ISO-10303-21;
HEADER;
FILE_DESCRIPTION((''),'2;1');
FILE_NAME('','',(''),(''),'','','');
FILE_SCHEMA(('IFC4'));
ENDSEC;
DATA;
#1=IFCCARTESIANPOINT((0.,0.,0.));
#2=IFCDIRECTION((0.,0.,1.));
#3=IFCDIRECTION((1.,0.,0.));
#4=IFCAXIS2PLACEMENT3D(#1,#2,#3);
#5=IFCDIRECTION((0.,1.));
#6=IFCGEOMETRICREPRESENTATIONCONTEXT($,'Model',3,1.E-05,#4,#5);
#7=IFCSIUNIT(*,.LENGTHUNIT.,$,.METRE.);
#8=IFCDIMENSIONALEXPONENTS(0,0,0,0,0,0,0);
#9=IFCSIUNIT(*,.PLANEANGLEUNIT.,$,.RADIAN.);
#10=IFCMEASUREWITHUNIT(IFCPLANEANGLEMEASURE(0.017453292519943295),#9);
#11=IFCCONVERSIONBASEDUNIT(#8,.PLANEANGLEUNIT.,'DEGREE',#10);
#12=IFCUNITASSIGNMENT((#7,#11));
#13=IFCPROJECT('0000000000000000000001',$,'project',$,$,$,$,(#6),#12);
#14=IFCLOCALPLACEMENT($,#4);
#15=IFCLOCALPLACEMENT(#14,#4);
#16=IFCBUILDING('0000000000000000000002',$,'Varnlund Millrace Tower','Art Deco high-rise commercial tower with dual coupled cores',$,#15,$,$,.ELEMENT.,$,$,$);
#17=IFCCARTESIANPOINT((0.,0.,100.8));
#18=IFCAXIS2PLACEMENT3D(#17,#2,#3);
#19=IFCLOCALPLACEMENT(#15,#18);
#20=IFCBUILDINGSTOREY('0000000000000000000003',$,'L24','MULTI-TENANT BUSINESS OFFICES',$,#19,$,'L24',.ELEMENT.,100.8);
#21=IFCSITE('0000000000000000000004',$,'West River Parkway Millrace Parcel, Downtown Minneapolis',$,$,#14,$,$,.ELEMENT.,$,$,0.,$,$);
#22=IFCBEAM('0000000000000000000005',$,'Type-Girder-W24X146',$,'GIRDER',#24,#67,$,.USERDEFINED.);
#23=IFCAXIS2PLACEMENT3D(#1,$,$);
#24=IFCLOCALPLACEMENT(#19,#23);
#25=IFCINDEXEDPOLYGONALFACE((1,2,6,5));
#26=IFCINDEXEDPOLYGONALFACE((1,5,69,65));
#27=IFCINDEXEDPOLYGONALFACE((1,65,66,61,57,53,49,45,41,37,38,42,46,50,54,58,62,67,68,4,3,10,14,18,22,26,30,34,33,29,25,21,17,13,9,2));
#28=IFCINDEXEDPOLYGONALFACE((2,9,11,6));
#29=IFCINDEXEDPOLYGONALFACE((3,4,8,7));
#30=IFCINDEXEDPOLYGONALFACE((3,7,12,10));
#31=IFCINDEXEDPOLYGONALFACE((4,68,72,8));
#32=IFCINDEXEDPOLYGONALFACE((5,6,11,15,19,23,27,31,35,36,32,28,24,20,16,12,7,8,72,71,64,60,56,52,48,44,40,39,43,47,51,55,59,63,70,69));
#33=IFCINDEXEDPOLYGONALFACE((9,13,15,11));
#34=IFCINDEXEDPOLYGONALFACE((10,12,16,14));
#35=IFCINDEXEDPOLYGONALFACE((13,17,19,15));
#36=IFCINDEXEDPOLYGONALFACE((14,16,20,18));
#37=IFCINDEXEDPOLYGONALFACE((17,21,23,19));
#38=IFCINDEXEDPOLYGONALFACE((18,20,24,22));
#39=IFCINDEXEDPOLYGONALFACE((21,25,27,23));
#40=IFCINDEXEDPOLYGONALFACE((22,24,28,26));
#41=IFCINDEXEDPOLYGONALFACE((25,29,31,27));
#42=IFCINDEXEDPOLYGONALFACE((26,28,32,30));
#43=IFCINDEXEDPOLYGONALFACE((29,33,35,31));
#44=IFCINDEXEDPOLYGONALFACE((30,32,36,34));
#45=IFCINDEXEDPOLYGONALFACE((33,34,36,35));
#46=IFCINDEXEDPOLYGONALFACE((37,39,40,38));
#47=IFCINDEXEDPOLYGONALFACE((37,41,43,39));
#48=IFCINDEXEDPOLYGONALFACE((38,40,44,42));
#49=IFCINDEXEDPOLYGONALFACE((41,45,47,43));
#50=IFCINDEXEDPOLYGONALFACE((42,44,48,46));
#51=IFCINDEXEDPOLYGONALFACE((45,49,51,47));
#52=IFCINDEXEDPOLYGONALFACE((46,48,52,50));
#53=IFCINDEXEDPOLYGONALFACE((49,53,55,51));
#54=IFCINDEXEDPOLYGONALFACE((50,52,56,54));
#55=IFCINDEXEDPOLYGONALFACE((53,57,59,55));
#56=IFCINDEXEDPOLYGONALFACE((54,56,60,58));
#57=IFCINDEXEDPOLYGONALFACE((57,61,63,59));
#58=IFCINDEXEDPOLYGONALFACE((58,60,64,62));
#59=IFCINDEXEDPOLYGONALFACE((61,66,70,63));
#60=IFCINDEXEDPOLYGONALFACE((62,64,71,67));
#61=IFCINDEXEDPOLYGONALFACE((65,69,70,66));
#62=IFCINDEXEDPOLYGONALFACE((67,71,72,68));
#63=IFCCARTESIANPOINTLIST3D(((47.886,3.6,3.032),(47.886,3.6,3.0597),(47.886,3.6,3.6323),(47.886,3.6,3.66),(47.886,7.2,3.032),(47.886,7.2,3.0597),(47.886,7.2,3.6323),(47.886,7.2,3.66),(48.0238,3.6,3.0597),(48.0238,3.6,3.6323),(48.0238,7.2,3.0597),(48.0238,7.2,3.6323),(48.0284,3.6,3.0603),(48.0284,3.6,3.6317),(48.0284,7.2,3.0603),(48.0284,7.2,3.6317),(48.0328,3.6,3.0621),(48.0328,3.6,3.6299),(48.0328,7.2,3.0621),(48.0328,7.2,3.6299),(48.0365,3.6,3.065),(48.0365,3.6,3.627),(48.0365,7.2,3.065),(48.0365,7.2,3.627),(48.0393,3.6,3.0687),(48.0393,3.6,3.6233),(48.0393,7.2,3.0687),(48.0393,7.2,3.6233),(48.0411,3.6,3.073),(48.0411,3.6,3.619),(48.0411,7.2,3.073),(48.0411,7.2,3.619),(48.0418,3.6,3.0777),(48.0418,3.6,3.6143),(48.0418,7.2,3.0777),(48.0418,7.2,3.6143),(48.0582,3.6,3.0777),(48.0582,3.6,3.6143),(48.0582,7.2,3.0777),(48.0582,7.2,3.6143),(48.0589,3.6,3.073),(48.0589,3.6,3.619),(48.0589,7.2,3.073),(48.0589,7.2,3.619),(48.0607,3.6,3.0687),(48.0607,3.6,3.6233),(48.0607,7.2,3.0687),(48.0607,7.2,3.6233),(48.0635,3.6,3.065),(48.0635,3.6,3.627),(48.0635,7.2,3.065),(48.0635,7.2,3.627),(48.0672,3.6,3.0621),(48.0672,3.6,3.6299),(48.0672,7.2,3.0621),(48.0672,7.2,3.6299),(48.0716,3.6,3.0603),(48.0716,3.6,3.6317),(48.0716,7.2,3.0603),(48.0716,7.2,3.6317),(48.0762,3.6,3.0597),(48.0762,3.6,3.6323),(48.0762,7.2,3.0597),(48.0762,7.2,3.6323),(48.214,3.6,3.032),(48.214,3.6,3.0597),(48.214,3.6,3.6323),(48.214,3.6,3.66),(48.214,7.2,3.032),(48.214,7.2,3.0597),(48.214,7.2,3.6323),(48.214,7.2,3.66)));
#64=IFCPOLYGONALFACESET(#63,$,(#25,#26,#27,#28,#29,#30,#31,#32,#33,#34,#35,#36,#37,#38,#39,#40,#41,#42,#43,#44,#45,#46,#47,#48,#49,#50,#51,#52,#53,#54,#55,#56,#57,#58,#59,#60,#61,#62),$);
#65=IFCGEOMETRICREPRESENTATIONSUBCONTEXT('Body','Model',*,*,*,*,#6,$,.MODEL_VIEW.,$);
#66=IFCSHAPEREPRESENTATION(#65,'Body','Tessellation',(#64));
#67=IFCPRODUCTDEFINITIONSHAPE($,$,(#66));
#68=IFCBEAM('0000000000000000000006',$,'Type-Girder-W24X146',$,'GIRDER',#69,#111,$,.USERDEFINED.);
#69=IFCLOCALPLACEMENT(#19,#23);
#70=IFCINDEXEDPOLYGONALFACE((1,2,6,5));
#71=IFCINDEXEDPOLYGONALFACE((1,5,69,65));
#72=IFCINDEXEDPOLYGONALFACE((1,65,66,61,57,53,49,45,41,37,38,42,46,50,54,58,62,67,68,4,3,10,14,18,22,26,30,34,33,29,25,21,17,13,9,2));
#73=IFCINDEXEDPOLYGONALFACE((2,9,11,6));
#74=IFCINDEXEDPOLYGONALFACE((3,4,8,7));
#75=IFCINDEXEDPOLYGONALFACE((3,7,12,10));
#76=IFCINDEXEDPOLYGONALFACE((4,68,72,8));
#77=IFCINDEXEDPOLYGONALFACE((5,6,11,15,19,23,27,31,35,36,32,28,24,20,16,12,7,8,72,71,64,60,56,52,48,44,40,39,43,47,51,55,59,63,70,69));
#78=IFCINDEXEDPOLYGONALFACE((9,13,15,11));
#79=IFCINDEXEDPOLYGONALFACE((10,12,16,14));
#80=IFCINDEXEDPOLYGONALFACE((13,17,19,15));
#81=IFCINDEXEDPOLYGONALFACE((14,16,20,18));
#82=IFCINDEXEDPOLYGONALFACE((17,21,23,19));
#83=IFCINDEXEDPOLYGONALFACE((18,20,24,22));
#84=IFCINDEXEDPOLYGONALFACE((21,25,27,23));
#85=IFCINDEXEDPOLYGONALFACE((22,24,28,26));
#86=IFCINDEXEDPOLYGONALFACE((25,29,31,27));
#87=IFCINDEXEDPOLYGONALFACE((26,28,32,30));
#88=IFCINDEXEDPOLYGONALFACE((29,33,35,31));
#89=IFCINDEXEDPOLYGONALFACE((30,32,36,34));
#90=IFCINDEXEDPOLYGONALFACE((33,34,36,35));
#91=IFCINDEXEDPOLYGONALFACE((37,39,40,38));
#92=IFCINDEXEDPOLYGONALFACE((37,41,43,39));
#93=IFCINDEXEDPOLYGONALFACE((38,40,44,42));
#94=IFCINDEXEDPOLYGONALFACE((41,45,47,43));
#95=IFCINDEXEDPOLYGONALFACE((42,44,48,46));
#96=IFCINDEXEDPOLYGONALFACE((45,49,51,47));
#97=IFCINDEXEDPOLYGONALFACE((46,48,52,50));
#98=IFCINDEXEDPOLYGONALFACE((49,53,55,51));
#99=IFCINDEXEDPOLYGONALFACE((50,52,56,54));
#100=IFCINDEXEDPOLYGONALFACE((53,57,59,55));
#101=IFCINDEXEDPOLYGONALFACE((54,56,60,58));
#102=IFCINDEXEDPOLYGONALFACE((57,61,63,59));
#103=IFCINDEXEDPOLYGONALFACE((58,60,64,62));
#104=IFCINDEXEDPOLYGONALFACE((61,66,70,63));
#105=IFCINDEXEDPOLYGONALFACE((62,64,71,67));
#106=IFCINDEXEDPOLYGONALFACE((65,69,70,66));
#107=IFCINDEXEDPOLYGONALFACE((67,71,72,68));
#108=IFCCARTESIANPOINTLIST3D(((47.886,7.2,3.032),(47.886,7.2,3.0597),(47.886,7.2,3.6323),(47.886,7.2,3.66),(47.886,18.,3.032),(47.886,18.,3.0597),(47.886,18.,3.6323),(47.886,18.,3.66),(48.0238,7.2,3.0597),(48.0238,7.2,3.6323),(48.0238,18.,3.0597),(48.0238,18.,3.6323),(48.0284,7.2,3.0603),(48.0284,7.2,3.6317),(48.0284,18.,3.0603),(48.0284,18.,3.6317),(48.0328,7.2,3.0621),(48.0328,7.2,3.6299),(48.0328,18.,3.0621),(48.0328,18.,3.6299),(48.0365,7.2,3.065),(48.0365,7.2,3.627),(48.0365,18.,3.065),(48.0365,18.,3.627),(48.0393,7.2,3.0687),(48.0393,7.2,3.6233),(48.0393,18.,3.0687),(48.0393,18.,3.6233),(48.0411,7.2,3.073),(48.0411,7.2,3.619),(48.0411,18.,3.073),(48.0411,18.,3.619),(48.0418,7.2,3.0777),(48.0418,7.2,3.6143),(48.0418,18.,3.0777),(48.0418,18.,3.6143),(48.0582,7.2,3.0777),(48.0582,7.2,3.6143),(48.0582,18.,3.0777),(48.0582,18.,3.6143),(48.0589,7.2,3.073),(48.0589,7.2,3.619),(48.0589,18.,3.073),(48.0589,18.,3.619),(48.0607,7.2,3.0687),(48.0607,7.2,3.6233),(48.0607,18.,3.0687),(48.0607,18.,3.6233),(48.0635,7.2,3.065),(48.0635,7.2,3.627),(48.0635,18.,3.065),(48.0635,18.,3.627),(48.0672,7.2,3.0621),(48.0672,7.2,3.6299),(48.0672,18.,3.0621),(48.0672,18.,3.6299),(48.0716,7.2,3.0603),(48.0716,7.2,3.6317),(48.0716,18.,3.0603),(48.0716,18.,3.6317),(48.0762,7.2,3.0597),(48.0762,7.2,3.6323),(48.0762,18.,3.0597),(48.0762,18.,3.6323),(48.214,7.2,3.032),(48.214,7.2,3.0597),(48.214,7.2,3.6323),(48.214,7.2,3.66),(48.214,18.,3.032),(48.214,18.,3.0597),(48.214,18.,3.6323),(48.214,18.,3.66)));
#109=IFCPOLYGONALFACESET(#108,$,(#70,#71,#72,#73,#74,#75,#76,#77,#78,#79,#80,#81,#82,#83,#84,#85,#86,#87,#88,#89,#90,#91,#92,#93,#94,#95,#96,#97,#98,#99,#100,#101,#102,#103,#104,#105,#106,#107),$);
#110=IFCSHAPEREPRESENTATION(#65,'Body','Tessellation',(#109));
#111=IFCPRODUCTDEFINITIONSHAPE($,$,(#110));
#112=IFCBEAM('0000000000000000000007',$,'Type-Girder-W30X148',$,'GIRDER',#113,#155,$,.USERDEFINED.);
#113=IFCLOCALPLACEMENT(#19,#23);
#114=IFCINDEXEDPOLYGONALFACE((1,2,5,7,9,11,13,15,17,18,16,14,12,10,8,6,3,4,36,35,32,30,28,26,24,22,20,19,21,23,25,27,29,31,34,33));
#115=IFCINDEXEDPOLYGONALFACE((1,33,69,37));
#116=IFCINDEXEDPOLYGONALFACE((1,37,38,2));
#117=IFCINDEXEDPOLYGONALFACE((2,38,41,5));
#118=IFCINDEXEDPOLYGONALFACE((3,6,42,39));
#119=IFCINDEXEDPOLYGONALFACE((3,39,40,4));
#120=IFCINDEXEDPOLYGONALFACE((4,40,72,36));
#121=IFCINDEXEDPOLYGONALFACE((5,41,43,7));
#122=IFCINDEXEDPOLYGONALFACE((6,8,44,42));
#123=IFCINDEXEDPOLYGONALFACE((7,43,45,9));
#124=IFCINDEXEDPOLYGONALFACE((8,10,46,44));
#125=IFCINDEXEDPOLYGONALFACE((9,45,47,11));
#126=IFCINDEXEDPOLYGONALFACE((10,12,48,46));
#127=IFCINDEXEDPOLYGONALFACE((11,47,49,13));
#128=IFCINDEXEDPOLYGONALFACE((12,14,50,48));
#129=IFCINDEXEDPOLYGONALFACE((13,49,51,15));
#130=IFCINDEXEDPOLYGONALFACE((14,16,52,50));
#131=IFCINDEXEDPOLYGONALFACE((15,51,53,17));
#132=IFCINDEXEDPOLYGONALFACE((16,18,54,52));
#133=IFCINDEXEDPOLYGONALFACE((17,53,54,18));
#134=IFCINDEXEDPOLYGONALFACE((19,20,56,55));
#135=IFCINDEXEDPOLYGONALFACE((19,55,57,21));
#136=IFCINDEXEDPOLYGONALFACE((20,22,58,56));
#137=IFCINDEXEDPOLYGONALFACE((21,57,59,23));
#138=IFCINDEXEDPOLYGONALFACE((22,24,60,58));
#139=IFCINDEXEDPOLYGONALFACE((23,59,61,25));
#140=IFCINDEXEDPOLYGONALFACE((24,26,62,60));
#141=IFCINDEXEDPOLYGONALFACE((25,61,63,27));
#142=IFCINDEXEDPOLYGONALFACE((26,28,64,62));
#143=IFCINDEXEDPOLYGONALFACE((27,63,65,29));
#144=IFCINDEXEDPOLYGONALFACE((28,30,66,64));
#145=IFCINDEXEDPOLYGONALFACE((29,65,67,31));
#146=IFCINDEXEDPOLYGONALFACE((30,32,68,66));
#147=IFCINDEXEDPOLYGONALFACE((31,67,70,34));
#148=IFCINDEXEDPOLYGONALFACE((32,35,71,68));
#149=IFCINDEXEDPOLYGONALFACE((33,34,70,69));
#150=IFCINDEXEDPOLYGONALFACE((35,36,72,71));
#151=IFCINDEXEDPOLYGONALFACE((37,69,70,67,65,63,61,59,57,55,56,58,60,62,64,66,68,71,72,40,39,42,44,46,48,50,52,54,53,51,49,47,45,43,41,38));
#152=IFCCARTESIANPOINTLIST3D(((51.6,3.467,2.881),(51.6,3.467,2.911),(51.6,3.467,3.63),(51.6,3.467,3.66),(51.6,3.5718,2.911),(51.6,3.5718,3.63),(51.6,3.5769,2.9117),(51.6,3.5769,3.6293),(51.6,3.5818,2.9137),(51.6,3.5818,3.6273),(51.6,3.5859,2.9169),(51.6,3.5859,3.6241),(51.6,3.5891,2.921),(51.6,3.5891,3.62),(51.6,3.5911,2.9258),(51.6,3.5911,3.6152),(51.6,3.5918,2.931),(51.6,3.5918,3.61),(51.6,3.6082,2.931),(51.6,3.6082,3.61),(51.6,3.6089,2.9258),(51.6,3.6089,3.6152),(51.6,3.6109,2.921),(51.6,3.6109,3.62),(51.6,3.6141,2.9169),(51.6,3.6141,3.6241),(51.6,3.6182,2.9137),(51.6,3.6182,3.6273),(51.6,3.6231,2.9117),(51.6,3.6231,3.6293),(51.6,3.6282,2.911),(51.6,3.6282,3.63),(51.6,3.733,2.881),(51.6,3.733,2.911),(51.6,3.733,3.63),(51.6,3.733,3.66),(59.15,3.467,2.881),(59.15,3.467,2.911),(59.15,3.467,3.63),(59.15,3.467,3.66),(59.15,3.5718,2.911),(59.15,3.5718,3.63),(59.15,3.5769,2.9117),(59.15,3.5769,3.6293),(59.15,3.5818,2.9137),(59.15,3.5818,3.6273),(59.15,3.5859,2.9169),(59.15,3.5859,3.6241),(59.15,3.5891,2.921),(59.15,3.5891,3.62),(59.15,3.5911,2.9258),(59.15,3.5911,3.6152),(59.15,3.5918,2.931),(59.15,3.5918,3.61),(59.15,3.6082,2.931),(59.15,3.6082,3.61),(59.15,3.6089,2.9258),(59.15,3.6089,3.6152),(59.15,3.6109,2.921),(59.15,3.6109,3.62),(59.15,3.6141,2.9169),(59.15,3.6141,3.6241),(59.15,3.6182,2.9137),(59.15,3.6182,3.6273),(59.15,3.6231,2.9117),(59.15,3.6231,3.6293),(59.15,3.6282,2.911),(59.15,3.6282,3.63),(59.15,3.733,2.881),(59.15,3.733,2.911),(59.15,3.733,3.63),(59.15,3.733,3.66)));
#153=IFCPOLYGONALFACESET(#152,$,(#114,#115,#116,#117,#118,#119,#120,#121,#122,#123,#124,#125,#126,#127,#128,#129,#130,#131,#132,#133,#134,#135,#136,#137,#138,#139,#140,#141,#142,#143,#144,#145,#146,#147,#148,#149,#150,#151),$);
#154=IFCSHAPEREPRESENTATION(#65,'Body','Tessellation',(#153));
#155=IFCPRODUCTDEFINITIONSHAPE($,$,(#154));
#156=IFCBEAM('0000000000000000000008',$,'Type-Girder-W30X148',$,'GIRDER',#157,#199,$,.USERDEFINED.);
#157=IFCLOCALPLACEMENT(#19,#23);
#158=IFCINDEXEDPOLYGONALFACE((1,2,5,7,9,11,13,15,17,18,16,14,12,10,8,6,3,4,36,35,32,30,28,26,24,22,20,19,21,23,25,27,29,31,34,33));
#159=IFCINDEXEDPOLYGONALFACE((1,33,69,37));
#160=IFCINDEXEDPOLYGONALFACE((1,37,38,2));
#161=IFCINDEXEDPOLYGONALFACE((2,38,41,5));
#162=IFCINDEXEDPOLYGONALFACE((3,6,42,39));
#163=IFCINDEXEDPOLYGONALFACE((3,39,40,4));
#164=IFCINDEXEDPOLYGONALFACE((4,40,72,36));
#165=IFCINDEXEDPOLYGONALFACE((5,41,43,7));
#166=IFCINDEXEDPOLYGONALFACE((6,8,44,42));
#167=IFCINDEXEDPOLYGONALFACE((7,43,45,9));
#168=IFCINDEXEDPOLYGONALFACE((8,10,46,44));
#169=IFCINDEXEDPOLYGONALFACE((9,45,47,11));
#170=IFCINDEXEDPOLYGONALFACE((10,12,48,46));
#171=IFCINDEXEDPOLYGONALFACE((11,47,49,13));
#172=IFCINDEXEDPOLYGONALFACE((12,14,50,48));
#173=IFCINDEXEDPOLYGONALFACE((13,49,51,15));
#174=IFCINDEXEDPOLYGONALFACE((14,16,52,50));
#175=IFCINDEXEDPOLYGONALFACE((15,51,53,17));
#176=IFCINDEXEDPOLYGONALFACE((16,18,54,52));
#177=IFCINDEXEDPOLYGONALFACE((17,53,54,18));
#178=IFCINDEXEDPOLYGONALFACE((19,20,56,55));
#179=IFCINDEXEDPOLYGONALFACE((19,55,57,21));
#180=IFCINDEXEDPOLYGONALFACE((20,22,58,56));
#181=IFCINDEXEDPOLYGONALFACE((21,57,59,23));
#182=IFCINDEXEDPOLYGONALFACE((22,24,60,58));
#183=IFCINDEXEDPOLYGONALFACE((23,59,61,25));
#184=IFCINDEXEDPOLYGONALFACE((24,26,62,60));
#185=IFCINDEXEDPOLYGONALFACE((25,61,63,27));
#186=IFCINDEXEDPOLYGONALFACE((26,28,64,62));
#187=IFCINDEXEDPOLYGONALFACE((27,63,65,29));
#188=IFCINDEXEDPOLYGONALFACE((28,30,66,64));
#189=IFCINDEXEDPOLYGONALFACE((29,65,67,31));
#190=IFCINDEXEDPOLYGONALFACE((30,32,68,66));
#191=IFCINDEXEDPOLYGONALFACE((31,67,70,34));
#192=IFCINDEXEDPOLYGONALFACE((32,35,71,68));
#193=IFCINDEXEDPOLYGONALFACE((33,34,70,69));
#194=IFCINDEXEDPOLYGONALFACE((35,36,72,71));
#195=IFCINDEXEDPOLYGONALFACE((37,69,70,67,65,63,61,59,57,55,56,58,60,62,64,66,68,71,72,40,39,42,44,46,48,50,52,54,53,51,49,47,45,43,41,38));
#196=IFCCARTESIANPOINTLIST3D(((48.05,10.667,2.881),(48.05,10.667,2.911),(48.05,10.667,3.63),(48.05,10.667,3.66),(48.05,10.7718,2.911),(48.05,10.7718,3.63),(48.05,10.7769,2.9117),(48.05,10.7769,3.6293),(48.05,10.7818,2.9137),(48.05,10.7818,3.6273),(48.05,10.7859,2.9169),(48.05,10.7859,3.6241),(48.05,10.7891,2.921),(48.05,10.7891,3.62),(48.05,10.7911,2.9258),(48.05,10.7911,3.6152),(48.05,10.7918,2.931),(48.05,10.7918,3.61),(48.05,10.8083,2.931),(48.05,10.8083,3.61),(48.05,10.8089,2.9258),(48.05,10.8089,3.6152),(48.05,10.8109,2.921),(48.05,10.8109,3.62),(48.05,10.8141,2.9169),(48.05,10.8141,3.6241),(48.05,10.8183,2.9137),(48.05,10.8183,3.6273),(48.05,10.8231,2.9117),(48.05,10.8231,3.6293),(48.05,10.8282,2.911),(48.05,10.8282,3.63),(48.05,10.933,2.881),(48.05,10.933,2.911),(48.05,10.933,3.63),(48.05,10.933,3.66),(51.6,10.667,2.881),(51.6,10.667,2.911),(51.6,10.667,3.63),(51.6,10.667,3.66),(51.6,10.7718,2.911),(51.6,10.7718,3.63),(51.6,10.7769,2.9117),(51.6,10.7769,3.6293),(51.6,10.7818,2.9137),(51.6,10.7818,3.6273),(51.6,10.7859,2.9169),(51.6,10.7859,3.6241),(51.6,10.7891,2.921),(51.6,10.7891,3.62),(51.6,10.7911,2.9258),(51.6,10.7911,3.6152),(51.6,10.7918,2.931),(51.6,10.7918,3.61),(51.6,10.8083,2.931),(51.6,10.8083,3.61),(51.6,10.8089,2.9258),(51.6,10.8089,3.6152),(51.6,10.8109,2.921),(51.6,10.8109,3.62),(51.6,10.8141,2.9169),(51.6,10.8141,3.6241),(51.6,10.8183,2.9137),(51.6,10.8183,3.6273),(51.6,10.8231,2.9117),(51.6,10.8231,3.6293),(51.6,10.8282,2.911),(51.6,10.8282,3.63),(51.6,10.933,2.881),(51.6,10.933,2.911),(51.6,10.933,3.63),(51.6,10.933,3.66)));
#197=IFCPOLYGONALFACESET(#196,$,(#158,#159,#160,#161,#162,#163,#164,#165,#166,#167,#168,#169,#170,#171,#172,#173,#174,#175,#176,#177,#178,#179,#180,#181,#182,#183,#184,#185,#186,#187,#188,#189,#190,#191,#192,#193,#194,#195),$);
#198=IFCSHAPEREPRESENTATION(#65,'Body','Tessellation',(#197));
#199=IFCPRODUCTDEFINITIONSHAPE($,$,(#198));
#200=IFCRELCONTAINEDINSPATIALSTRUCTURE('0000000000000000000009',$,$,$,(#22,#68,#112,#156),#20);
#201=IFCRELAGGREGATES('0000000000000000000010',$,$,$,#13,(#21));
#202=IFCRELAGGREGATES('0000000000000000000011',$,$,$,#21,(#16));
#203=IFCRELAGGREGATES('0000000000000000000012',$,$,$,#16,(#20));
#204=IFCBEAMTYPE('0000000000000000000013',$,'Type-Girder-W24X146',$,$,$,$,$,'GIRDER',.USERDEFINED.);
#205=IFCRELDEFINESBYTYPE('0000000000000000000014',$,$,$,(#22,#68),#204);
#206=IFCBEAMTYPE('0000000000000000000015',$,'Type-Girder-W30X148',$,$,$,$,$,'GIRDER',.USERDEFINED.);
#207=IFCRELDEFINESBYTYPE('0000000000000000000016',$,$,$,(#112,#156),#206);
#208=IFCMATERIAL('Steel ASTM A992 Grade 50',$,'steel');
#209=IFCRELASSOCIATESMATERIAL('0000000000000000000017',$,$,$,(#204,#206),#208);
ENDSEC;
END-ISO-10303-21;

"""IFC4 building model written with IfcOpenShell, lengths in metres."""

from ifc_helpers import new_model, entity, si_unit, converted_unit, direction, frame, origin_with_axes, origin_2d_with_axis, place, context, subcontext, project, spatial, i_section, extrude, material, material_profile, profile_set, type_object, element, save


model = new_model("IFC4")

# Units and contexts
model_context = context("Model", 3, precision=1e-05, world=origin_with_axes(), true_north=direction((0.0, 1.0)))
body_context = subcontext(model_context, "Body", "Model", "MODEL_VIEW")
ifc_project = project(units=[si_unit("LENGTHUNIT", "METRE"), converted_unit("PLANEANGLEUNIT", "DEGREE", entity("IfcPlaneAngleMeasure", 0.017453292519943295), si_unit("PLANEANGLEUNIT", "RADIAN"), dimensions=[0, 0, 0, 0, 0, 0, 0])], contexts=[model_context])

# Site, building, storey
site_placement = place(None, origin_with_axes())
site = spatial("IfcSite", under=ifc_project, at=site_placement, Name="West River Parkway Millrace Parcel, Downtown Minneapolis", CompositionType="ELEMENT", RefElevation=0.0)
building_placement = place(site_placement, origin_with_axes())
building = spatial("IfcBuilding", under=site, at=building_placement, Name="Varnlund Millrace Tower", Description="Art Deco high-rise commercial tower with dual coupled cores", CompositionType="ELEMENT")
storey_placement = place(building_placement, frame((0.0, 0.0, 100.8), z_axis=(0.0, 0.0, 1.0), x_axis=(1.0, 0.0, 0.0)))
storey = spatial("IfcBuildingStorey", under=building, at=storey_placement, Name="L24", Description="MULTI-TENANT BUSINESS OFFICES", LongName="L24", CompositionType="ELEMENT", Elevation=100.8)

# Beams
ifc_material_1 = material(Name="Steel ASTM A992 Grade 50", Category="steel")
ifc_material_profile_1 = material_profile(ifc_material_1, i_section(OverallWidth=0.328, OverallDepth=0.628, WebThickness=0.0165, FlangeThickness=0.0277, FilletRadius=0.018, at=origin_2d_with_axis()), Name="Steel ASTM A992 Grade 50")
ifc_profile_set_1 = profile_set([ifc_material_profile_1], Name="Steel ASTM A992 Grade 50")
beam_type_1 = type_object("IfcBeamType", Name="Type-Girder-W24X146", ElementType="GIRDER", PredefinedType="USERDEFINED", material=ifc_profile_set_1)
beam_1_placement = place(storey_placement, frame((48.05, 3.6, 3.346), z_axis=(0.0, 1.0, 0.0), x_axis=(-1.0, 0.0, 0.0)))
element("IfcBeam", 1, at=beam_1_placement, inside=storey, type_object=beam_type_1, Name="Type-Girder-W24X146", ObjectType="GIRDER", PredefinedType="USERDEFINED", context=body_context, shape_type="SweptSolid", body=[
    extrude(i_section(OverallWidth=0.328, OverallDepth=0.628, WebThickness=0.0165, FlangeThickness=0.0277, FilletRadius=0.018, at=origin_2d_with_axis()), origin_with_axes(), (0.0, 0.0, 1.0), 3.6),
])
beam_2_placement = place(storey_placement, frame((48.05, 7.2, 3.346), z_axis=(0.0, 1.0, 0.0), x_axis=(-1.0, 0.0, 0.0)))
element("IfcBeam", 2, at=beam_2_placement, inside=storey, type_object=beam_type_1, Name="Type-Girder-W24X146", ObjectType="GIRDER", PredefinedType="USERDEFINED", context=body_context, shape_type="SweptSolid", body=[
    extrude(i_section(OverallWidth=0.328, OverallDepth=0.628, WebThickness=0.0165, FlangeThickness=0.0277, FilletRadius=0.018, at=origin_2d_with_axis()), origin_with_axes(), (0.0, 0.0, 1.0), 10.8),
])
ifc_material_profile_2 = material_profile(ifc_material_1, i_section(OverallWidth=0.266, OverallDepth=0.779, WebThickness=0.0165, FlangeThickness=0.03, FilletRadius=0.02, at=origin_2d_with_axis()), Name="Steel ASTM A992 Grade 50")
ifc_profile_set_2 = profile_set([ifc_material_profile_2], Name="Steel ASTM A992 Grade 50")
beam_type_2 = type_object("IfcBeamType", Name="Type-Girder-W30X148", ElementType="GIRDER", PredefinedType="USERDEFINED", material=ifc_profile_set_2)
beam_3_placement = place(storey_placement, frame((51.6, 3.6, 3.2705), z_axis=(1.0, 0.0, 0.0), x_axis=(0.0, 1.0, 0.0)))
element("IfcBeam", 3, at=beam_3_placement, inside=storey, type_object=beam_type_2, Name="Type-Girder-W30X148", ObjectType="GIRDER", PredefinedType="USERDEFINED", context=body_context, shape_type="SweptSolid", body=[
    extrude(i_section(OverallWidth=0.266, OverallDepth=0.779, WebThickness=0.0165, FlangeThickness=0.03, FilletRadius=0.02, at=origin_2d_with_axis()), origin_with_axes(), (0.0, 0.0, 1.0), 7.55),
])
beam_4_placement = place(storey_placement, frame((48.05, 10.8, 3.2705), z_axis=(1.0, 0.0, 0.0), x_axis=(0.0, 1.0, 0.0)))
element("IfcBeam", 4, at=beam_4_placement, inside=storey, type_object=beam_type_2, Name="Type-Girder-W30X148", ObjectType="GIRDER", PredefinedType="USERDEFINED", context=body_context, shape_type="SweptSolid", body=[
    extrude(i_section(OverallWidth=0.266, OverallDepth=0.779, WebThickness=0.0165, FlangeThickness=0.03, FilletRadius=0.02, at=origin_2d_with_axis()), origin_with_axes(), (0.0, 0.0, 1.0), 3.55),
])

save(model, "model.ifc")
